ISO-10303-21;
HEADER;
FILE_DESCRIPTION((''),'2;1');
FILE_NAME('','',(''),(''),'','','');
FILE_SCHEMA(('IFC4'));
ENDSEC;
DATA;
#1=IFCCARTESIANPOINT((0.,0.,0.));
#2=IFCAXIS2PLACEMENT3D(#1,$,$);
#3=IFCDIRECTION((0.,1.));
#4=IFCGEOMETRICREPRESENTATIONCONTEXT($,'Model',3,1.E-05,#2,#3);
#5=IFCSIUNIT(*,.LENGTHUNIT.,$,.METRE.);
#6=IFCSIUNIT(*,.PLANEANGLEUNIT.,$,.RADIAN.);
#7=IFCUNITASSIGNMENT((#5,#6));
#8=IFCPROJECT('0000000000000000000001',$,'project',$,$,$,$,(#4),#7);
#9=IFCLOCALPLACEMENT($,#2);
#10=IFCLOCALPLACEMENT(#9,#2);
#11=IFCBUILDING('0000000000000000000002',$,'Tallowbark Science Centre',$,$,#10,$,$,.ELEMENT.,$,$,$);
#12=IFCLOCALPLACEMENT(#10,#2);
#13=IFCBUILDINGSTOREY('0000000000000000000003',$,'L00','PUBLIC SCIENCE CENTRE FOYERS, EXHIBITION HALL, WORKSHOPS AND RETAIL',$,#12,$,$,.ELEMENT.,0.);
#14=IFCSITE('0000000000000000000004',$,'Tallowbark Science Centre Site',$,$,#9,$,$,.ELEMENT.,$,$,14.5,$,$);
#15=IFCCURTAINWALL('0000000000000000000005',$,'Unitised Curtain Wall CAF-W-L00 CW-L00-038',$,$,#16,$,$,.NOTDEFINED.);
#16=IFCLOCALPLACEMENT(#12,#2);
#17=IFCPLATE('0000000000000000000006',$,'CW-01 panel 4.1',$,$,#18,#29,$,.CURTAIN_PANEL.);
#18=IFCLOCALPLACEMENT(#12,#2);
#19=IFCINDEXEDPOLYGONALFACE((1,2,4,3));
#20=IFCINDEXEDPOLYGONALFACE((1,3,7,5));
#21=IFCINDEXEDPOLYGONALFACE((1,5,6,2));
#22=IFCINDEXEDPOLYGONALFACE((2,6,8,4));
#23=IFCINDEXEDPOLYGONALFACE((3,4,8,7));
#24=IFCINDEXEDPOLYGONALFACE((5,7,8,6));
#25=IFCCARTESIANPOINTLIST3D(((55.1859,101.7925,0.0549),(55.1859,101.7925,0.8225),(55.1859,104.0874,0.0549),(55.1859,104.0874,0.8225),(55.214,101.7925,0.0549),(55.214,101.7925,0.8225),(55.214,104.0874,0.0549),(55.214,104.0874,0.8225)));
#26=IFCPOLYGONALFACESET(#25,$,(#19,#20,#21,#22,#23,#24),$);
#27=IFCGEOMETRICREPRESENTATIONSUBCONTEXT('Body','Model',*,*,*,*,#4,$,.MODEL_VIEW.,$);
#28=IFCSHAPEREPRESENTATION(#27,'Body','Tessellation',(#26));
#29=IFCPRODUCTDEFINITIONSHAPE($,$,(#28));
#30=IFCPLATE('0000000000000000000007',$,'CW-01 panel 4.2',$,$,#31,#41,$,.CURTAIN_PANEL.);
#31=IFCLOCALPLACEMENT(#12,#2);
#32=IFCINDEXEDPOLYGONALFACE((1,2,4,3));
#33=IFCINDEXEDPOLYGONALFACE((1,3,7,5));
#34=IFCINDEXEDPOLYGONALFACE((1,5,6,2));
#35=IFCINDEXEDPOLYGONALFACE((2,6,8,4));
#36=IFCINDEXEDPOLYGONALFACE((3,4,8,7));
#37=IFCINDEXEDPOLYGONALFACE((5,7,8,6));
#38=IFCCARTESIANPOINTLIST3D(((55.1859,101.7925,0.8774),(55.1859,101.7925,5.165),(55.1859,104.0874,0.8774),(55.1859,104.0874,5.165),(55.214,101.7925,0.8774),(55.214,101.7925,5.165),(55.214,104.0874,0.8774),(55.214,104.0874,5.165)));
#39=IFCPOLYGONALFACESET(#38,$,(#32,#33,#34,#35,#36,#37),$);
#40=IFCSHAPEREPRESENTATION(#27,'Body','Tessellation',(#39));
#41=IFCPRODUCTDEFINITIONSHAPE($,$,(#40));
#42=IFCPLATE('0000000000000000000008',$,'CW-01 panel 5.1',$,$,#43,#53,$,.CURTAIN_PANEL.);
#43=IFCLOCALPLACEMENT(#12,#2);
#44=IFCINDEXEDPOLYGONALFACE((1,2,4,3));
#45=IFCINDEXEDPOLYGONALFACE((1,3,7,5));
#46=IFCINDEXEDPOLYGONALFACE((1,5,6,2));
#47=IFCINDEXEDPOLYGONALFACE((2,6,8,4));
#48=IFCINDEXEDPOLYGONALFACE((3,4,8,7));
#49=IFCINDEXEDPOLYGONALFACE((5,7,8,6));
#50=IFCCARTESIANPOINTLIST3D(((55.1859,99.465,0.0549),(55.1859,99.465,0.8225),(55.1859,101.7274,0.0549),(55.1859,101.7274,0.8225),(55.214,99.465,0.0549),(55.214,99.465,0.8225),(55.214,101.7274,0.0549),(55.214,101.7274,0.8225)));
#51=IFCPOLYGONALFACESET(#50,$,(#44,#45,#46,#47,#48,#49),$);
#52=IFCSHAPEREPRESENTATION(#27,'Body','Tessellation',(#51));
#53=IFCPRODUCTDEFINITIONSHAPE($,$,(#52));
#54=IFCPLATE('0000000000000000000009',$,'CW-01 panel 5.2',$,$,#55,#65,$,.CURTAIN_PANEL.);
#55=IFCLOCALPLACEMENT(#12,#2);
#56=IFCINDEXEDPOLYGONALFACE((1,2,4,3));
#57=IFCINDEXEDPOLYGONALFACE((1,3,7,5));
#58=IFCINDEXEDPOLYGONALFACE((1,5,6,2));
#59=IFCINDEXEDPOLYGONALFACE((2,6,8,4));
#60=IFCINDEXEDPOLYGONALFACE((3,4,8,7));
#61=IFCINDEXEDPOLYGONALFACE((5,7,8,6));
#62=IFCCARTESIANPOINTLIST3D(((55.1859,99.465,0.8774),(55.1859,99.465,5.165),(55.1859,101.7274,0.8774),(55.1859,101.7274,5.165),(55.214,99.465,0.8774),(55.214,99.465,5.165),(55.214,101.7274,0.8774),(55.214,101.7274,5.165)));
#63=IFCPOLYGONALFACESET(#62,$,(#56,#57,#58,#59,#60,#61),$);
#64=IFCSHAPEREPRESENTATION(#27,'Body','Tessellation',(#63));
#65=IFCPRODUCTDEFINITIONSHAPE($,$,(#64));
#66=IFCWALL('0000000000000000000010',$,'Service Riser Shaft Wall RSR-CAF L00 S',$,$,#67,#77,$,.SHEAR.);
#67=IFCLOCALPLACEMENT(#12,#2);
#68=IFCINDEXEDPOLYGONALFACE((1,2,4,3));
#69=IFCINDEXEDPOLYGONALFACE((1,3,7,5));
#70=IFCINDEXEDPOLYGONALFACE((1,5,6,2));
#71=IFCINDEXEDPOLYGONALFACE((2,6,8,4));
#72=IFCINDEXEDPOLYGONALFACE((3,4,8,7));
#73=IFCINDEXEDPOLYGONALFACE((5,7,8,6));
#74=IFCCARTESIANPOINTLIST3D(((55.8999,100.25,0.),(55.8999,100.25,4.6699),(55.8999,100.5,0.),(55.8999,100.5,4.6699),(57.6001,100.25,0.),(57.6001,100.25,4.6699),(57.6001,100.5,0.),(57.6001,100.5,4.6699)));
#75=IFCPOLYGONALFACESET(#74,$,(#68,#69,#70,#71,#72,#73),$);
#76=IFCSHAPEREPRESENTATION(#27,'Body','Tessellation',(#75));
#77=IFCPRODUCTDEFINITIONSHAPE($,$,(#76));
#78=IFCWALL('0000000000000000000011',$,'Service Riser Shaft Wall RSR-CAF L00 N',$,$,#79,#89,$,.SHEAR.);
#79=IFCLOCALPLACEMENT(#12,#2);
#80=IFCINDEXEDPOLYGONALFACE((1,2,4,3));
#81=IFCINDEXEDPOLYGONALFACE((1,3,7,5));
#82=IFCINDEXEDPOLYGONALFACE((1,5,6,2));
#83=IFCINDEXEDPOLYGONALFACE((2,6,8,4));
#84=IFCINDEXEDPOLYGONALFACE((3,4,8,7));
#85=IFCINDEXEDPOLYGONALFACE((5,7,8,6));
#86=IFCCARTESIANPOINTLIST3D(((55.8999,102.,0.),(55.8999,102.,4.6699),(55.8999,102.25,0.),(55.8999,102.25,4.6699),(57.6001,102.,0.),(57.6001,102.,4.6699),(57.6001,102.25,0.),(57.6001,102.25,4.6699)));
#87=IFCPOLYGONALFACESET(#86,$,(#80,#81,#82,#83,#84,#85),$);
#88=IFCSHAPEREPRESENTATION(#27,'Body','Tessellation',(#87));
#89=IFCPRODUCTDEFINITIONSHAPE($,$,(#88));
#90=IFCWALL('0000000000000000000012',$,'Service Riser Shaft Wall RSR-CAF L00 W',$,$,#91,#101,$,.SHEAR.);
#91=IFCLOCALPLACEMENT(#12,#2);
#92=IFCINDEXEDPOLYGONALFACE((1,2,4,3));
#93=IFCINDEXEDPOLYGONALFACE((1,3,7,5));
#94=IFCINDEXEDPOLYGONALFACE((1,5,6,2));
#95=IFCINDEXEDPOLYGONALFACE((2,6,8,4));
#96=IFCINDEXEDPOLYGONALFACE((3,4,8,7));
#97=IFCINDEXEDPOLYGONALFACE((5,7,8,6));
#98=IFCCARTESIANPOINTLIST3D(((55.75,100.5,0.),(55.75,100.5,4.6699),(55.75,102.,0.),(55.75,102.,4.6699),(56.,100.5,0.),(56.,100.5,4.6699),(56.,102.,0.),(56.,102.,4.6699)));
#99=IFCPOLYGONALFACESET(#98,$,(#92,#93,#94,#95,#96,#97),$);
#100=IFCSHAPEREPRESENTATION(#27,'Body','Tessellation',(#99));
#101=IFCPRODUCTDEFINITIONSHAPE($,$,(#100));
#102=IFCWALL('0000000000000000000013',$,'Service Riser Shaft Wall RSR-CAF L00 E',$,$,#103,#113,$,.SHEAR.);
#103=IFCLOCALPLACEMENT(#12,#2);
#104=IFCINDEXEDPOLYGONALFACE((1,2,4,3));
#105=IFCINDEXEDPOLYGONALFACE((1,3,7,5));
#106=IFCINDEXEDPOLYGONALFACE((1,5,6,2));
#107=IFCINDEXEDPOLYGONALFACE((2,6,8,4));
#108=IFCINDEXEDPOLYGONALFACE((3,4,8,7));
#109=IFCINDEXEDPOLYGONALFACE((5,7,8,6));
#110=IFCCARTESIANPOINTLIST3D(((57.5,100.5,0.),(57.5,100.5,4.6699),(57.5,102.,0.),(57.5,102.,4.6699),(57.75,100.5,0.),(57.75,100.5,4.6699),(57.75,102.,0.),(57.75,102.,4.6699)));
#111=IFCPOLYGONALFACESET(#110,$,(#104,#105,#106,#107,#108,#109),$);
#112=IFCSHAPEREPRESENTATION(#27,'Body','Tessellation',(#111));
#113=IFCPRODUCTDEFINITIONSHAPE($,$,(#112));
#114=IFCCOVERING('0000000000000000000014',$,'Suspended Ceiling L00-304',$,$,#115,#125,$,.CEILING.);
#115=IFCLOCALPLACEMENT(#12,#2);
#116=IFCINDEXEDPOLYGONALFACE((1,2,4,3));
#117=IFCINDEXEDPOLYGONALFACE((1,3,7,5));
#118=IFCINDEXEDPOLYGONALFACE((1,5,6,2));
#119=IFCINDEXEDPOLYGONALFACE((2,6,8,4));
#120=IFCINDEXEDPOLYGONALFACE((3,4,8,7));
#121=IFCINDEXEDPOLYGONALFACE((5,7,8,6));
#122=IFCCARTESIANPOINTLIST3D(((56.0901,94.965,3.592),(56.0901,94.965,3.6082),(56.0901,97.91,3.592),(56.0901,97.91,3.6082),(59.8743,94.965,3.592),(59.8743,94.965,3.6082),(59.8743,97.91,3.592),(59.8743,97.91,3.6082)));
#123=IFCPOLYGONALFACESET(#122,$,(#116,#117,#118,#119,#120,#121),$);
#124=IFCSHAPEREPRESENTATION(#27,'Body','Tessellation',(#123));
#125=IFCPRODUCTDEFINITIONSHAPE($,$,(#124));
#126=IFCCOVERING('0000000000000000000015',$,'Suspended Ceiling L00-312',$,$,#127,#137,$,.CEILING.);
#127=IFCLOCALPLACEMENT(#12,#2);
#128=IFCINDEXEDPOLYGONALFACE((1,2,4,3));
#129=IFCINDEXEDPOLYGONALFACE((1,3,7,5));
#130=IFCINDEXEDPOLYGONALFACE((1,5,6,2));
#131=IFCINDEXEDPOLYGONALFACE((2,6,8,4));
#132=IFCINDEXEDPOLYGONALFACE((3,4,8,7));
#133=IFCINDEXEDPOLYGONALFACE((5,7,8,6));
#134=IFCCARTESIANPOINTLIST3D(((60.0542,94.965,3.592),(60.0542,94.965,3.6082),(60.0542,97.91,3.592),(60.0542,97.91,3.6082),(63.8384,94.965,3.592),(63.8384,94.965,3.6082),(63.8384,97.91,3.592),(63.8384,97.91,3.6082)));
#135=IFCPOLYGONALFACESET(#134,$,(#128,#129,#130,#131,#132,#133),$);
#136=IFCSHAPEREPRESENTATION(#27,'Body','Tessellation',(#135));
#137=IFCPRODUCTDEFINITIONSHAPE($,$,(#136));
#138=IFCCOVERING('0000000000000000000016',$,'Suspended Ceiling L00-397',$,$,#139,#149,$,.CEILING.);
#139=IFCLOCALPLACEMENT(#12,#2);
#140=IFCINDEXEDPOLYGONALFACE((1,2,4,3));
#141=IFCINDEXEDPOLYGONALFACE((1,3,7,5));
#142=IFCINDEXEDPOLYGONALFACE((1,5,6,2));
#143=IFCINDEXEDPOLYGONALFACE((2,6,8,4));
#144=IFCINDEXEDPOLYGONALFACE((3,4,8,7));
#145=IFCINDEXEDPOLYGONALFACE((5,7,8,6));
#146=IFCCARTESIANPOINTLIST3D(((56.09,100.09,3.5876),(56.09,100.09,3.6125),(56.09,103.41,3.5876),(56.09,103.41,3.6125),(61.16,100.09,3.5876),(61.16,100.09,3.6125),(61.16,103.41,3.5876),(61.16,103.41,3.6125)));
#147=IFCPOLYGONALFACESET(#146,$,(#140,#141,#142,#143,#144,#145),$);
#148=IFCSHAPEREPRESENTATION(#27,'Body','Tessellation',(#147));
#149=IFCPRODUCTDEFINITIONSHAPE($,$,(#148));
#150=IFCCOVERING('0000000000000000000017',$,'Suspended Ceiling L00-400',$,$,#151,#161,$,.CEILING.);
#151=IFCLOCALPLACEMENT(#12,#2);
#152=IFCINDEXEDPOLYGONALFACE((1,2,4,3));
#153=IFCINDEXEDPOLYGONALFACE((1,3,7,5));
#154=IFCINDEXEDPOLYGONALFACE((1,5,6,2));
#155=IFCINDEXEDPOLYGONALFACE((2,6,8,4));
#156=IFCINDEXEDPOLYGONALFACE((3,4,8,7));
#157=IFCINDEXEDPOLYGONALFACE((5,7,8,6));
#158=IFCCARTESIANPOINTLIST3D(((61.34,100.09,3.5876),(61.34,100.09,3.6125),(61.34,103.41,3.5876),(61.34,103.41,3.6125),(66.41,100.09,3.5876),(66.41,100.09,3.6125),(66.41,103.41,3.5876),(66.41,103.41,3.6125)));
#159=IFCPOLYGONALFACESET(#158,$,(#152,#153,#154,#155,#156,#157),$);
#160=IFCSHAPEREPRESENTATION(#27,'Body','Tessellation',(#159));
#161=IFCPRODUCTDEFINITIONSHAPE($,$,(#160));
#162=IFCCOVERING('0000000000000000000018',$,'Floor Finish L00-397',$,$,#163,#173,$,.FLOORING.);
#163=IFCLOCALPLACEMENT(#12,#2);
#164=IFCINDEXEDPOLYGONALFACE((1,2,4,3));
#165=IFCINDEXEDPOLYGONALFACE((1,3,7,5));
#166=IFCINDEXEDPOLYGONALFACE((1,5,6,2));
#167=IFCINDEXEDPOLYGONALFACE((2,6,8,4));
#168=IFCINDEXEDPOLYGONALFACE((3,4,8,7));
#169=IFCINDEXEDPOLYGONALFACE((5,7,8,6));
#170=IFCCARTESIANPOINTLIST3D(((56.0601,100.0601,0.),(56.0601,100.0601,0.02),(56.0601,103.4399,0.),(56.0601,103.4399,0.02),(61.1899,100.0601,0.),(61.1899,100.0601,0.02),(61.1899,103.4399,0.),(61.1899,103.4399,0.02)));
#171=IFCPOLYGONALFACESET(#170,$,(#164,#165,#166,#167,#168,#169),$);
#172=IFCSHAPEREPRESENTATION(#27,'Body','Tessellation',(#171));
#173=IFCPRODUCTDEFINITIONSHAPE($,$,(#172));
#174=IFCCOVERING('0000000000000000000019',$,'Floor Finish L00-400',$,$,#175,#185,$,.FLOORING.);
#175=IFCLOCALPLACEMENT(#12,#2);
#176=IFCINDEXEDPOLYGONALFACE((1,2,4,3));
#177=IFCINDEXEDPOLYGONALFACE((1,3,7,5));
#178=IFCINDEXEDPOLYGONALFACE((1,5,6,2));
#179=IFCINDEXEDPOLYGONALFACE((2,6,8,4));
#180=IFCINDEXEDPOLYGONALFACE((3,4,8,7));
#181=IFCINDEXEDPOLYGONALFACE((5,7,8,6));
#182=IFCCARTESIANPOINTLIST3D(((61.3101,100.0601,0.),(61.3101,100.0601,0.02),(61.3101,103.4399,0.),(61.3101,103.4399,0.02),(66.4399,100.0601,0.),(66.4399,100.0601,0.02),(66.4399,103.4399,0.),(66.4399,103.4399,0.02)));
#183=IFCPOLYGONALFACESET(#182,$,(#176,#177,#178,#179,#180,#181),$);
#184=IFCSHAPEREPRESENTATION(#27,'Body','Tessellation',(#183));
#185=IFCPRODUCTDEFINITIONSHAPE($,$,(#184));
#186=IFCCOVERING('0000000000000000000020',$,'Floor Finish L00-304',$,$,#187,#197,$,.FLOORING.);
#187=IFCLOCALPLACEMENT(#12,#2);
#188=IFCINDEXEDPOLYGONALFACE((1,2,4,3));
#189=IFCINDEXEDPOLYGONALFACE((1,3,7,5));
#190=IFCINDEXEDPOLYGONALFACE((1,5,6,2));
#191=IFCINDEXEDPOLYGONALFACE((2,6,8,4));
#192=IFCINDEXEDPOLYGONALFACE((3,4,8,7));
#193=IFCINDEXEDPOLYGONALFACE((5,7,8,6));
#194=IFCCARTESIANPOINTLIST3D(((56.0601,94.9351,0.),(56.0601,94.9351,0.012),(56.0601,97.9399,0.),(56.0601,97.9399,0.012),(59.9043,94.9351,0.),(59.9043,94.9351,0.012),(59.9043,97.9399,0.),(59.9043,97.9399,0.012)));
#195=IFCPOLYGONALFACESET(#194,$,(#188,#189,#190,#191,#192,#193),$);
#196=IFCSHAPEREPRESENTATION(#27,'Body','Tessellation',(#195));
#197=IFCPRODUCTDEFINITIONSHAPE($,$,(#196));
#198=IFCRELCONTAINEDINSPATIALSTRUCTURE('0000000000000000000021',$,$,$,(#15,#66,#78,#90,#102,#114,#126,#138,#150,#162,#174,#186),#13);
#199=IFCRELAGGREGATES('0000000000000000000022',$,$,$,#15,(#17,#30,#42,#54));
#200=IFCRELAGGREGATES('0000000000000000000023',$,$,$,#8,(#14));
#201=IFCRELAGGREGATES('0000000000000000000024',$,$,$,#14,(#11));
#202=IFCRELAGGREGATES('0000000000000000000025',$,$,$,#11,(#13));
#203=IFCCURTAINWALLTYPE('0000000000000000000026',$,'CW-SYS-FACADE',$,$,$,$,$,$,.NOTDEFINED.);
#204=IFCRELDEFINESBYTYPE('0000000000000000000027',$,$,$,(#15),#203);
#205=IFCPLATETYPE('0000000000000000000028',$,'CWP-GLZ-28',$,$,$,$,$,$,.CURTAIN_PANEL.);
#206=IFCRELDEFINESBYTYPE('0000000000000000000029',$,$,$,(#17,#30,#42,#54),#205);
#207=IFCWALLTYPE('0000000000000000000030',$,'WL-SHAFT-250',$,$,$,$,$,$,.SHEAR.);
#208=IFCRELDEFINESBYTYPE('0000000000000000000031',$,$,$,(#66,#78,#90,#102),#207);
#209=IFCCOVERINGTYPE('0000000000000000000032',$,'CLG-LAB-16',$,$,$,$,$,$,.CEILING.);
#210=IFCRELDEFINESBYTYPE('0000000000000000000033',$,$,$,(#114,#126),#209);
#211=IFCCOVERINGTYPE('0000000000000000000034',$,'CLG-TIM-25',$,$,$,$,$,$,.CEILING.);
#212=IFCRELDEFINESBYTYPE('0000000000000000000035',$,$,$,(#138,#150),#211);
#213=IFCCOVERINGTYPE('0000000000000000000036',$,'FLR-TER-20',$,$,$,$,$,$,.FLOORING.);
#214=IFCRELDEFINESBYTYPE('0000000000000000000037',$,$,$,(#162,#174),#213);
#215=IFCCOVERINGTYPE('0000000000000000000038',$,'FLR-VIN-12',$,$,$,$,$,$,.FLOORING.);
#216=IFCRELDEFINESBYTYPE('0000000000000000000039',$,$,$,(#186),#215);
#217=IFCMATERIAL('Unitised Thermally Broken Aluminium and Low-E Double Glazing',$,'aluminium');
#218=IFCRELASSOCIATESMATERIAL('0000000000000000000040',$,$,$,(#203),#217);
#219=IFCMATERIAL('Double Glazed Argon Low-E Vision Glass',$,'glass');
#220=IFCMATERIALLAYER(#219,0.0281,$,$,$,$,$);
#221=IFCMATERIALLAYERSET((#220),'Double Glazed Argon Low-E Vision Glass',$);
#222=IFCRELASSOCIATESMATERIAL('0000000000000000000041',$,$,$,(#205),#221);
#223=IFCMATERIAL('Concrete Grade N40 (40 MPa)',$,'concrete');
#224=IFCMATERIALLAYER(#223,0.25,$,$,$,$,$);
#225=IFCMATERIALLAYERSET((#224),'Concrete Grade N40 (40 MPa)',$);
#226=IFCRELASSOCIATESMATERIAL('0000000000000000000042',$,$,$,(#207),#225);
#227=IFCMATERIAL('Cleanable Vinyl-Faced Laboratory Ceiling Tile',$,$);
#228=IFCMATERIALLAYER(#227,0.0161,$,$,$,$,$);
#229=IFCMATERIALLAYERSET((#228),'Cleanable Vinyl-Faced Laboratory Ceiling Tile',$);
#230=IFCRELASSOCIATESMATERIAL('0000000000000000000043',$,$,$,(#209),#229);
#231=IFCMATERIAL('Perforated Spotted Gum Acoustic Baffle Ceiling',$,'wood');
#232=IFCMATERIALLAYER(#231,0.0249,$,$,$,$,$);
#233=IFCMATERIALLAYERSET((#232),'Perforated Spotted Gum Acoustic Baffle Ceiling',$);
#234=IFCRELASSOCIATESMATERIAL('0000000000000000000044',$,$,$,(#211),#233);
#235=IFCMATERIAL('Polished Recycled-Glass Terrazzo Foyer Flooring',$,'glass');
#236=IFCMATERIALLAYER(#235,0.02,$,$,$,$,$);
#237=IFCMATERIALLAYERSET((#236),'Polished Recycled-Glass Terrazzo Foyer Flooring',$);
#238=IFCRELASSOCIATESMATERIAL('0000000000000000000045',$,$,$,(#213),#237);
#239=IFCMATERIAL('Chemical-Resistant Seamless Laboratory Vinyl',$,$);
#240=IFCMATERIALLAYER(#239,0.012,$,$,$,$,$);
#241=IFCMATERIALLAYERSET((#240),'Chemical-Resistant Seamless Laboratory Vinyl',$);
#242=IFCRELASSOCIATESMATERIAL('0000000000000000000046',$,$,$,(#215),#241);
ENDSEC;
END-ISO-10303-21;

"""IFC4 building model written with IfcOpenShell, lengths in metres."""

from ifc_helpers import new_model, si_unit, direction, frame, frame_2d, origin, origin_2d, place, context, subcontext, project, spatial, rectangle, extrude, material, layer, layer_set, type_object, element, aggregate, save


model = new_model("IFC4")

# Units and contexts
model_context = context("Model", 3, precision=1e-05, world=origin(), true_north=direction((0.0, 1.0)))
body_context = subcontext(model_context, "Body", "Model", "MODEL_VIEW")
ifc_project = project(units=[si_unit("LENGTHUNIT", "METRE"), si_unit("PLANEANGLEUNIT", "RADIAN")], contexts=[model_context])

# Site, building, storey
site_placement = place(None, origin())
site = spatial("IfcSite", under=ifc_project, at=site_placement, Name="Tallowbark Science Centre Site", CompositionType="ELEMENT", RefElevation=14.5)
building_placement = place(site_placement, origin())
building = spatial("IfcBuilding", under=site, at=building_placement, Name="Tallowbark Science Centre", CompositionType="ELEMENT")
storey_placement = place(building_placement, origin())
storey = spatial("IfcBuildingStorey", under=building, at=storey_placement, Name="L00", Description="PUBLIC SCIENCE CENTRE FOYERS, EXHIBITION HALL, WORKSHOPS AND RETAIL", CompositionType="ELEMENT", Elevation=0.0)

# Curtain wall
ifc_material_1 = material(Name="Unitised Thermally Broken Aluminium and Low-E Double Glazing", Category="aluminium")
curtain_wall_type = type_object("IfcCurtainWallType", Name="CW-SYS-FACADE", PredefinedType="NOTDEFINED", material=ifc_material_1)
curtain_wall_placement = place(storey_placement, origin())
curtain_wall = element("IfcCurtainWall", 1, at=curtain_wall_placement, inside=storey, type_object=curtain_wall_type, Name="Unitised Curtain Wall CAF-W-L00 CW-L00-038", PredefinedType="NOTDEFINED")

# Plates
ifc_material_2 = material(Name="Double Glazed Argon Low-E Vision Glass", Category="glass")
ifc_layer_1 = layer(ifc_material_2, 0.0281)
ifc_layer_set_1 = layer_set([ifc_layer_1], Name="Double Glazed Argon Low-E Vision Glass")
plate_type = type_object("IfcPlateType", Name="CWP-GLZ-28", PredefinedType="CURTAIN_PANEL", material=ifc_layer_set_1)
plate_1_placement = place(storey_placement, frame((55.2, 102.9399, 0.0549), z_axis=(0.0, 0.0, 1.0), x_axis=(0.0, -1.0, 0.0)))
plate_1 = element("IfcPlate", 2, at=plate_1_placement, type_object=plate_type, Name="CW-01 panel 4.1", PredefinedType="CURTAIN_PANEL", context=body_context, shape_type="SweptSolid", body=[
    extrude(rectangle(XDim=2.2949, YDim=0.0281, at=origin_2d()), origin(), (0.0, 0.0, 1.0), 0.7676),
])
plate_2_placement = place(storey_placement, frame((55.2, 102.9399, 0.8774), z_axis=(0.0, 0.0, 1.0), x_axis=(0.0, -1.0, 0.0)))
plate_2 = element("IfcPlate", 3, at=plate_2_placement, type_object=plate_type, Name="CW-01 panel 4.2", PredefinedType="CURTAIN_PANEL", context=body_context, shape_type="SweptSolid", body=[
    extrude(rectangle(XDim=2.2949, YDim=0.0281, at=origin_2d()), origin(), (0.0, 0.0, 1.0), 4.2876),
])
plate_3_placement = place(storey_placement, frame((55.2, 100.5962, 0.0549), z_axis=(0.0, 0.0, 1.0), x_axis=(0.0, -1.0, 0.0)))
plate_3 = element("IfcPlate", 4, at=plate_3_placement, type_object=plate_type, Name="CW-01 panel 5.1", PredefinedType="CURTAIN_PANEL", context=body_context, shape_type="SweptSolid", body=[
    extrude(rectangle(XDim=2.2625, YDim=0.0281, at=origin_2d()), origin(), (0.0, 0.0, 1.0), 0.7676),
])
plate_4_placement = place(storey_placement, frame((55.2, 100.5962, 0.8774), z_axis=(0.0, 0.0, 1.0), x_axis=(0.0, -1.0, 0.0)))
plate_4 = element("IfcPlate", 5, at=plate_4_placement, type_object=plate_type, Name="CW-01 panel 5.2", PredefinedType="CURTAIN_PANEL", context=body_context, shape_type="SweptSolid", body=[
    extrude(rectangle(XDim=2.2625, YDim=0.0281, at=origin_2d()), origin(), (0.0, 0.0, 1.0), 4.2876),
])
aggregate(curtain_wall, [plate_1, plate_2, plate_3, plate_4])

# Walls
ifc_material_3 = material(Name="Concrete Grade N40 (40 MPa)", Category="concrete")
ifc_layer_2 = layer(ifc_material_3, 0.25)
ifc_layer_set_2 = layer_set([ifc_layer_2], Name="Concrete Grade N40 (40 MPa)")
wall_type = type_object("IfcWallType", Name="WL-SHAFT-250", PredefinedType="SHEAR", material=ifc_layer_set_2)
for number, where, z_axis, x_axis, name in (
    (6, (55.8999, 100.375, 0.0), (0.0, 0.0, 1.0), (1.0, 0.0, 0.0), "Service Riser Shaft Wall RSR-CAF L00 S"),
    (7, (55.8999, 102.125, 0.0), (0.0, 0.0, 1.0), (1.0, 0.0, 0.0), "Service Riser Shaft Wall RSR-CAF L00 N"),
):
    element("IfcWall", number, at=place(storey_placement, frame(where, z_axis=z_axis, x_axis=x_axis)), inside=storey, type_object=wall_type, Name=name, PredefinedType="SHEAR", context=body_context, shape_type="SweptSolid", body=[
        extrude(rectangle(XDim=1.7002, YDim=0.25, at=frame_2d((0.8501, 0.0))), origin(), (0.0, 0.0, 1.0), 4.6699),
    ])
for number, where, z_axis, x_axis, name in (
    (8, (55.875, 100.5, 0.0), (0.0, 0.0, 1.0), (0.0, 1.0, 0.0), "Service Riser Shaft Wall RSR-CAF L00 W"),
    (9, (57.625, 100.5, 0.0), (0.0, 0.0, 1.0), (0.0, 1.0, 0.0), "Service Riser Shaft Wall RSR-CAF L00 E"),
):
    element("IfcWall", number, at=place(storey_placement, frame(where, z_axis=z_axis, x_axis=x_axis)), inside=storey, type_object=wall_type, Name=name, PredefinedType="SHEAR", context=body_context, shape_type="SweptSolid", body=[
        extrude(rectangle(XDim=1.5, YDim=0.25, at=frame_2d((0.75, 0.0))), origin(), (0.0, 0.0, 1.0), 4.6699),
    ])

# Coverings
ifc_material_4 = material(Name="Cleanable Vinyl-Faced Laboratory Ceiling Tile")
ifc_layer_3 = layer(ifc_material_4, 0.0161)
ifc_layer_set_3 = layer_set([ifc_layer_3], Name="Cleanable Vinyl-Faced Laboratory Ceiling Tile")
covering_type_1 = type_object("IfcCoveringType", Name="CLG-LAB-16", PredefinedType="CEILING", material=ifc_layer_set_3)
for number, where, z_axis, x_axis, name in (
    (10, (57.9822, 96.4375, 3.592), (0.0, 0.0, 1.0), (1.0, 0.0, 0.0), "Suspended Ceiling L00-304"),
    (11, (61.9463, 96.4375, 3.592), (0.0, 0.0, 1.0), (1.0, 0.0, 0.0), "Suspended Ceiling L00-312"),
):
    element("IfcCovering", number, at=place(storey_placement, frame(where, z_axis=z_axis, x_axis=x_axis)), inside=storey, type_object=covering_type_1, Name=name, PredefinedType="CEILING", context=body_context, shape_type="SweptSolid", body=[
        extrude(rectangle(XDim=3.7842, YDim=2.9451, at=origin_2d()), origin(), (0.0, 0.0, 1.0), 0.0161),
    ])
ifc_material_5 = material(Name="Perforated Spotted Gum Acoustic Baffle Ceiling", Category="wood")
ifc_layer_4 = layer(ifc_material_5, 0.0249)
ifc_layer_set_4 = layer_set([ifc_layer_4], Name="Perforated Spotted Gum Acoustic Baffle Ceiling")
covering_type_2 = type_object("IfcCoveringType", Name="CLG-TIM-25", PredefinedType="CEILING", material=ifc_layer_set_4)
for number, where, z_axis, x_axis, name in (
    (12, (58.625, 101.75, 3.5876), (0.0, 0.0, 1.0), (1.0, 0.0, 0.0), "Suspended Ceiling L00-397"),
    (13, (63.875, 101.75, 3.5876), (0.0, 0.0, 1.0), (1.0, 0.0, 0.0), "Suspended Ceiling L00-400"),
):
    element("IfcCovering", number, at=place(storey_placement, frame(where, z_axis=z_axis, x_axis=x_axis)), inside=storey, type_object=covering_type_2, Name=name, PredefinedType="CEILING", context=body_context, shape_type="SweptSolid", body=[
        extrude(rectangle(XDim=5.0701, YDim=3.3201, at=origin_2d()), origin(), (0.0, 0.0, 1.0), 0.0249),
    ])
ifc_material_6 = material(Name="Polished Recycled-Glass Terrazzo Foyer Flooring", Category="glass")
ifc_layer_5 = layer(ifc_material_6, 0.02)
ifc_layer_set_5 = layer_set([ifc_layer_5], Name="Polished Recycled-Glass Terrazzo Foyer Flooring")
covering_type_3 = type_object("IfcCoveringType", Name="FLR-TER-20", PredefinedType="FLOORING", material=ifc_layer_set_5)
for number, where, z_axis, x_axis, name in (
    (14, (58.625, 101.75, 0.0), (0.0, 0.0, 1.0), (1.0, 0.0, 0.0), "Floor Finish L00-397"),
    (15, (63.875, 101.75, 0.0), (0.0, 0.0, 1.0), (1.0, 0.0, 0.0), "Floor Finish L00-400"),
):
    element("IfcCovering", number, at=place(storey_placement, frame(where, z_axis=z_axis, x_axis=x_axis)), inside=storey, type_object=covering_type_3, Name=name, PredefinedType="FLOORING", context=body_context, shape_type="SweptSolid", body=[
        extrude(rectangle(XDim=5.1299, YDim=3.3799, at=origin_2d()), origin(), (0.0, 0.0, 1.0), 0.02),
    ])
ifc_material_7 = material(Name="Chemical-Resistant Seamless Laboratory Vinyl")
ifc_layer_6 = layer(ifc_material_7, 0.012)
ifc_layer_set_6 = layer_set([ifc_layer_6], Name="Chemical-Resistant Seamless Laboratory Vinyl")
covering_type_4 = type_object("IfcCoveringType", Name="FLR-VIN-12", PredefinedType="FLOORING", material=ifc_layer_set_6)
for number, where, z_axis, x_axis, name in (
    (16, (57.9822, 96.4375, 0.0), (0.0, 0.0, 1.0), (1.0, 0.0, 0.0), "Floor Finish L00-304"),
):
    element("IfcCovering", number, at=place(storey_placement, frame(where, z_axis=z_axis, x_axis=x_axis)), inside=storey, type_object=covering_type_4, Name=name, PredefinedType="FLOORING", context=body_context, shape_type="SweptSolid", body=[
        extrude(rectangle(XDim=3.8442, YDim=3.0049, at=origin_2d()), origin(), (0.0, 0.0, 1.0), 0.012),
    ])

save(model, "model.ifc")
